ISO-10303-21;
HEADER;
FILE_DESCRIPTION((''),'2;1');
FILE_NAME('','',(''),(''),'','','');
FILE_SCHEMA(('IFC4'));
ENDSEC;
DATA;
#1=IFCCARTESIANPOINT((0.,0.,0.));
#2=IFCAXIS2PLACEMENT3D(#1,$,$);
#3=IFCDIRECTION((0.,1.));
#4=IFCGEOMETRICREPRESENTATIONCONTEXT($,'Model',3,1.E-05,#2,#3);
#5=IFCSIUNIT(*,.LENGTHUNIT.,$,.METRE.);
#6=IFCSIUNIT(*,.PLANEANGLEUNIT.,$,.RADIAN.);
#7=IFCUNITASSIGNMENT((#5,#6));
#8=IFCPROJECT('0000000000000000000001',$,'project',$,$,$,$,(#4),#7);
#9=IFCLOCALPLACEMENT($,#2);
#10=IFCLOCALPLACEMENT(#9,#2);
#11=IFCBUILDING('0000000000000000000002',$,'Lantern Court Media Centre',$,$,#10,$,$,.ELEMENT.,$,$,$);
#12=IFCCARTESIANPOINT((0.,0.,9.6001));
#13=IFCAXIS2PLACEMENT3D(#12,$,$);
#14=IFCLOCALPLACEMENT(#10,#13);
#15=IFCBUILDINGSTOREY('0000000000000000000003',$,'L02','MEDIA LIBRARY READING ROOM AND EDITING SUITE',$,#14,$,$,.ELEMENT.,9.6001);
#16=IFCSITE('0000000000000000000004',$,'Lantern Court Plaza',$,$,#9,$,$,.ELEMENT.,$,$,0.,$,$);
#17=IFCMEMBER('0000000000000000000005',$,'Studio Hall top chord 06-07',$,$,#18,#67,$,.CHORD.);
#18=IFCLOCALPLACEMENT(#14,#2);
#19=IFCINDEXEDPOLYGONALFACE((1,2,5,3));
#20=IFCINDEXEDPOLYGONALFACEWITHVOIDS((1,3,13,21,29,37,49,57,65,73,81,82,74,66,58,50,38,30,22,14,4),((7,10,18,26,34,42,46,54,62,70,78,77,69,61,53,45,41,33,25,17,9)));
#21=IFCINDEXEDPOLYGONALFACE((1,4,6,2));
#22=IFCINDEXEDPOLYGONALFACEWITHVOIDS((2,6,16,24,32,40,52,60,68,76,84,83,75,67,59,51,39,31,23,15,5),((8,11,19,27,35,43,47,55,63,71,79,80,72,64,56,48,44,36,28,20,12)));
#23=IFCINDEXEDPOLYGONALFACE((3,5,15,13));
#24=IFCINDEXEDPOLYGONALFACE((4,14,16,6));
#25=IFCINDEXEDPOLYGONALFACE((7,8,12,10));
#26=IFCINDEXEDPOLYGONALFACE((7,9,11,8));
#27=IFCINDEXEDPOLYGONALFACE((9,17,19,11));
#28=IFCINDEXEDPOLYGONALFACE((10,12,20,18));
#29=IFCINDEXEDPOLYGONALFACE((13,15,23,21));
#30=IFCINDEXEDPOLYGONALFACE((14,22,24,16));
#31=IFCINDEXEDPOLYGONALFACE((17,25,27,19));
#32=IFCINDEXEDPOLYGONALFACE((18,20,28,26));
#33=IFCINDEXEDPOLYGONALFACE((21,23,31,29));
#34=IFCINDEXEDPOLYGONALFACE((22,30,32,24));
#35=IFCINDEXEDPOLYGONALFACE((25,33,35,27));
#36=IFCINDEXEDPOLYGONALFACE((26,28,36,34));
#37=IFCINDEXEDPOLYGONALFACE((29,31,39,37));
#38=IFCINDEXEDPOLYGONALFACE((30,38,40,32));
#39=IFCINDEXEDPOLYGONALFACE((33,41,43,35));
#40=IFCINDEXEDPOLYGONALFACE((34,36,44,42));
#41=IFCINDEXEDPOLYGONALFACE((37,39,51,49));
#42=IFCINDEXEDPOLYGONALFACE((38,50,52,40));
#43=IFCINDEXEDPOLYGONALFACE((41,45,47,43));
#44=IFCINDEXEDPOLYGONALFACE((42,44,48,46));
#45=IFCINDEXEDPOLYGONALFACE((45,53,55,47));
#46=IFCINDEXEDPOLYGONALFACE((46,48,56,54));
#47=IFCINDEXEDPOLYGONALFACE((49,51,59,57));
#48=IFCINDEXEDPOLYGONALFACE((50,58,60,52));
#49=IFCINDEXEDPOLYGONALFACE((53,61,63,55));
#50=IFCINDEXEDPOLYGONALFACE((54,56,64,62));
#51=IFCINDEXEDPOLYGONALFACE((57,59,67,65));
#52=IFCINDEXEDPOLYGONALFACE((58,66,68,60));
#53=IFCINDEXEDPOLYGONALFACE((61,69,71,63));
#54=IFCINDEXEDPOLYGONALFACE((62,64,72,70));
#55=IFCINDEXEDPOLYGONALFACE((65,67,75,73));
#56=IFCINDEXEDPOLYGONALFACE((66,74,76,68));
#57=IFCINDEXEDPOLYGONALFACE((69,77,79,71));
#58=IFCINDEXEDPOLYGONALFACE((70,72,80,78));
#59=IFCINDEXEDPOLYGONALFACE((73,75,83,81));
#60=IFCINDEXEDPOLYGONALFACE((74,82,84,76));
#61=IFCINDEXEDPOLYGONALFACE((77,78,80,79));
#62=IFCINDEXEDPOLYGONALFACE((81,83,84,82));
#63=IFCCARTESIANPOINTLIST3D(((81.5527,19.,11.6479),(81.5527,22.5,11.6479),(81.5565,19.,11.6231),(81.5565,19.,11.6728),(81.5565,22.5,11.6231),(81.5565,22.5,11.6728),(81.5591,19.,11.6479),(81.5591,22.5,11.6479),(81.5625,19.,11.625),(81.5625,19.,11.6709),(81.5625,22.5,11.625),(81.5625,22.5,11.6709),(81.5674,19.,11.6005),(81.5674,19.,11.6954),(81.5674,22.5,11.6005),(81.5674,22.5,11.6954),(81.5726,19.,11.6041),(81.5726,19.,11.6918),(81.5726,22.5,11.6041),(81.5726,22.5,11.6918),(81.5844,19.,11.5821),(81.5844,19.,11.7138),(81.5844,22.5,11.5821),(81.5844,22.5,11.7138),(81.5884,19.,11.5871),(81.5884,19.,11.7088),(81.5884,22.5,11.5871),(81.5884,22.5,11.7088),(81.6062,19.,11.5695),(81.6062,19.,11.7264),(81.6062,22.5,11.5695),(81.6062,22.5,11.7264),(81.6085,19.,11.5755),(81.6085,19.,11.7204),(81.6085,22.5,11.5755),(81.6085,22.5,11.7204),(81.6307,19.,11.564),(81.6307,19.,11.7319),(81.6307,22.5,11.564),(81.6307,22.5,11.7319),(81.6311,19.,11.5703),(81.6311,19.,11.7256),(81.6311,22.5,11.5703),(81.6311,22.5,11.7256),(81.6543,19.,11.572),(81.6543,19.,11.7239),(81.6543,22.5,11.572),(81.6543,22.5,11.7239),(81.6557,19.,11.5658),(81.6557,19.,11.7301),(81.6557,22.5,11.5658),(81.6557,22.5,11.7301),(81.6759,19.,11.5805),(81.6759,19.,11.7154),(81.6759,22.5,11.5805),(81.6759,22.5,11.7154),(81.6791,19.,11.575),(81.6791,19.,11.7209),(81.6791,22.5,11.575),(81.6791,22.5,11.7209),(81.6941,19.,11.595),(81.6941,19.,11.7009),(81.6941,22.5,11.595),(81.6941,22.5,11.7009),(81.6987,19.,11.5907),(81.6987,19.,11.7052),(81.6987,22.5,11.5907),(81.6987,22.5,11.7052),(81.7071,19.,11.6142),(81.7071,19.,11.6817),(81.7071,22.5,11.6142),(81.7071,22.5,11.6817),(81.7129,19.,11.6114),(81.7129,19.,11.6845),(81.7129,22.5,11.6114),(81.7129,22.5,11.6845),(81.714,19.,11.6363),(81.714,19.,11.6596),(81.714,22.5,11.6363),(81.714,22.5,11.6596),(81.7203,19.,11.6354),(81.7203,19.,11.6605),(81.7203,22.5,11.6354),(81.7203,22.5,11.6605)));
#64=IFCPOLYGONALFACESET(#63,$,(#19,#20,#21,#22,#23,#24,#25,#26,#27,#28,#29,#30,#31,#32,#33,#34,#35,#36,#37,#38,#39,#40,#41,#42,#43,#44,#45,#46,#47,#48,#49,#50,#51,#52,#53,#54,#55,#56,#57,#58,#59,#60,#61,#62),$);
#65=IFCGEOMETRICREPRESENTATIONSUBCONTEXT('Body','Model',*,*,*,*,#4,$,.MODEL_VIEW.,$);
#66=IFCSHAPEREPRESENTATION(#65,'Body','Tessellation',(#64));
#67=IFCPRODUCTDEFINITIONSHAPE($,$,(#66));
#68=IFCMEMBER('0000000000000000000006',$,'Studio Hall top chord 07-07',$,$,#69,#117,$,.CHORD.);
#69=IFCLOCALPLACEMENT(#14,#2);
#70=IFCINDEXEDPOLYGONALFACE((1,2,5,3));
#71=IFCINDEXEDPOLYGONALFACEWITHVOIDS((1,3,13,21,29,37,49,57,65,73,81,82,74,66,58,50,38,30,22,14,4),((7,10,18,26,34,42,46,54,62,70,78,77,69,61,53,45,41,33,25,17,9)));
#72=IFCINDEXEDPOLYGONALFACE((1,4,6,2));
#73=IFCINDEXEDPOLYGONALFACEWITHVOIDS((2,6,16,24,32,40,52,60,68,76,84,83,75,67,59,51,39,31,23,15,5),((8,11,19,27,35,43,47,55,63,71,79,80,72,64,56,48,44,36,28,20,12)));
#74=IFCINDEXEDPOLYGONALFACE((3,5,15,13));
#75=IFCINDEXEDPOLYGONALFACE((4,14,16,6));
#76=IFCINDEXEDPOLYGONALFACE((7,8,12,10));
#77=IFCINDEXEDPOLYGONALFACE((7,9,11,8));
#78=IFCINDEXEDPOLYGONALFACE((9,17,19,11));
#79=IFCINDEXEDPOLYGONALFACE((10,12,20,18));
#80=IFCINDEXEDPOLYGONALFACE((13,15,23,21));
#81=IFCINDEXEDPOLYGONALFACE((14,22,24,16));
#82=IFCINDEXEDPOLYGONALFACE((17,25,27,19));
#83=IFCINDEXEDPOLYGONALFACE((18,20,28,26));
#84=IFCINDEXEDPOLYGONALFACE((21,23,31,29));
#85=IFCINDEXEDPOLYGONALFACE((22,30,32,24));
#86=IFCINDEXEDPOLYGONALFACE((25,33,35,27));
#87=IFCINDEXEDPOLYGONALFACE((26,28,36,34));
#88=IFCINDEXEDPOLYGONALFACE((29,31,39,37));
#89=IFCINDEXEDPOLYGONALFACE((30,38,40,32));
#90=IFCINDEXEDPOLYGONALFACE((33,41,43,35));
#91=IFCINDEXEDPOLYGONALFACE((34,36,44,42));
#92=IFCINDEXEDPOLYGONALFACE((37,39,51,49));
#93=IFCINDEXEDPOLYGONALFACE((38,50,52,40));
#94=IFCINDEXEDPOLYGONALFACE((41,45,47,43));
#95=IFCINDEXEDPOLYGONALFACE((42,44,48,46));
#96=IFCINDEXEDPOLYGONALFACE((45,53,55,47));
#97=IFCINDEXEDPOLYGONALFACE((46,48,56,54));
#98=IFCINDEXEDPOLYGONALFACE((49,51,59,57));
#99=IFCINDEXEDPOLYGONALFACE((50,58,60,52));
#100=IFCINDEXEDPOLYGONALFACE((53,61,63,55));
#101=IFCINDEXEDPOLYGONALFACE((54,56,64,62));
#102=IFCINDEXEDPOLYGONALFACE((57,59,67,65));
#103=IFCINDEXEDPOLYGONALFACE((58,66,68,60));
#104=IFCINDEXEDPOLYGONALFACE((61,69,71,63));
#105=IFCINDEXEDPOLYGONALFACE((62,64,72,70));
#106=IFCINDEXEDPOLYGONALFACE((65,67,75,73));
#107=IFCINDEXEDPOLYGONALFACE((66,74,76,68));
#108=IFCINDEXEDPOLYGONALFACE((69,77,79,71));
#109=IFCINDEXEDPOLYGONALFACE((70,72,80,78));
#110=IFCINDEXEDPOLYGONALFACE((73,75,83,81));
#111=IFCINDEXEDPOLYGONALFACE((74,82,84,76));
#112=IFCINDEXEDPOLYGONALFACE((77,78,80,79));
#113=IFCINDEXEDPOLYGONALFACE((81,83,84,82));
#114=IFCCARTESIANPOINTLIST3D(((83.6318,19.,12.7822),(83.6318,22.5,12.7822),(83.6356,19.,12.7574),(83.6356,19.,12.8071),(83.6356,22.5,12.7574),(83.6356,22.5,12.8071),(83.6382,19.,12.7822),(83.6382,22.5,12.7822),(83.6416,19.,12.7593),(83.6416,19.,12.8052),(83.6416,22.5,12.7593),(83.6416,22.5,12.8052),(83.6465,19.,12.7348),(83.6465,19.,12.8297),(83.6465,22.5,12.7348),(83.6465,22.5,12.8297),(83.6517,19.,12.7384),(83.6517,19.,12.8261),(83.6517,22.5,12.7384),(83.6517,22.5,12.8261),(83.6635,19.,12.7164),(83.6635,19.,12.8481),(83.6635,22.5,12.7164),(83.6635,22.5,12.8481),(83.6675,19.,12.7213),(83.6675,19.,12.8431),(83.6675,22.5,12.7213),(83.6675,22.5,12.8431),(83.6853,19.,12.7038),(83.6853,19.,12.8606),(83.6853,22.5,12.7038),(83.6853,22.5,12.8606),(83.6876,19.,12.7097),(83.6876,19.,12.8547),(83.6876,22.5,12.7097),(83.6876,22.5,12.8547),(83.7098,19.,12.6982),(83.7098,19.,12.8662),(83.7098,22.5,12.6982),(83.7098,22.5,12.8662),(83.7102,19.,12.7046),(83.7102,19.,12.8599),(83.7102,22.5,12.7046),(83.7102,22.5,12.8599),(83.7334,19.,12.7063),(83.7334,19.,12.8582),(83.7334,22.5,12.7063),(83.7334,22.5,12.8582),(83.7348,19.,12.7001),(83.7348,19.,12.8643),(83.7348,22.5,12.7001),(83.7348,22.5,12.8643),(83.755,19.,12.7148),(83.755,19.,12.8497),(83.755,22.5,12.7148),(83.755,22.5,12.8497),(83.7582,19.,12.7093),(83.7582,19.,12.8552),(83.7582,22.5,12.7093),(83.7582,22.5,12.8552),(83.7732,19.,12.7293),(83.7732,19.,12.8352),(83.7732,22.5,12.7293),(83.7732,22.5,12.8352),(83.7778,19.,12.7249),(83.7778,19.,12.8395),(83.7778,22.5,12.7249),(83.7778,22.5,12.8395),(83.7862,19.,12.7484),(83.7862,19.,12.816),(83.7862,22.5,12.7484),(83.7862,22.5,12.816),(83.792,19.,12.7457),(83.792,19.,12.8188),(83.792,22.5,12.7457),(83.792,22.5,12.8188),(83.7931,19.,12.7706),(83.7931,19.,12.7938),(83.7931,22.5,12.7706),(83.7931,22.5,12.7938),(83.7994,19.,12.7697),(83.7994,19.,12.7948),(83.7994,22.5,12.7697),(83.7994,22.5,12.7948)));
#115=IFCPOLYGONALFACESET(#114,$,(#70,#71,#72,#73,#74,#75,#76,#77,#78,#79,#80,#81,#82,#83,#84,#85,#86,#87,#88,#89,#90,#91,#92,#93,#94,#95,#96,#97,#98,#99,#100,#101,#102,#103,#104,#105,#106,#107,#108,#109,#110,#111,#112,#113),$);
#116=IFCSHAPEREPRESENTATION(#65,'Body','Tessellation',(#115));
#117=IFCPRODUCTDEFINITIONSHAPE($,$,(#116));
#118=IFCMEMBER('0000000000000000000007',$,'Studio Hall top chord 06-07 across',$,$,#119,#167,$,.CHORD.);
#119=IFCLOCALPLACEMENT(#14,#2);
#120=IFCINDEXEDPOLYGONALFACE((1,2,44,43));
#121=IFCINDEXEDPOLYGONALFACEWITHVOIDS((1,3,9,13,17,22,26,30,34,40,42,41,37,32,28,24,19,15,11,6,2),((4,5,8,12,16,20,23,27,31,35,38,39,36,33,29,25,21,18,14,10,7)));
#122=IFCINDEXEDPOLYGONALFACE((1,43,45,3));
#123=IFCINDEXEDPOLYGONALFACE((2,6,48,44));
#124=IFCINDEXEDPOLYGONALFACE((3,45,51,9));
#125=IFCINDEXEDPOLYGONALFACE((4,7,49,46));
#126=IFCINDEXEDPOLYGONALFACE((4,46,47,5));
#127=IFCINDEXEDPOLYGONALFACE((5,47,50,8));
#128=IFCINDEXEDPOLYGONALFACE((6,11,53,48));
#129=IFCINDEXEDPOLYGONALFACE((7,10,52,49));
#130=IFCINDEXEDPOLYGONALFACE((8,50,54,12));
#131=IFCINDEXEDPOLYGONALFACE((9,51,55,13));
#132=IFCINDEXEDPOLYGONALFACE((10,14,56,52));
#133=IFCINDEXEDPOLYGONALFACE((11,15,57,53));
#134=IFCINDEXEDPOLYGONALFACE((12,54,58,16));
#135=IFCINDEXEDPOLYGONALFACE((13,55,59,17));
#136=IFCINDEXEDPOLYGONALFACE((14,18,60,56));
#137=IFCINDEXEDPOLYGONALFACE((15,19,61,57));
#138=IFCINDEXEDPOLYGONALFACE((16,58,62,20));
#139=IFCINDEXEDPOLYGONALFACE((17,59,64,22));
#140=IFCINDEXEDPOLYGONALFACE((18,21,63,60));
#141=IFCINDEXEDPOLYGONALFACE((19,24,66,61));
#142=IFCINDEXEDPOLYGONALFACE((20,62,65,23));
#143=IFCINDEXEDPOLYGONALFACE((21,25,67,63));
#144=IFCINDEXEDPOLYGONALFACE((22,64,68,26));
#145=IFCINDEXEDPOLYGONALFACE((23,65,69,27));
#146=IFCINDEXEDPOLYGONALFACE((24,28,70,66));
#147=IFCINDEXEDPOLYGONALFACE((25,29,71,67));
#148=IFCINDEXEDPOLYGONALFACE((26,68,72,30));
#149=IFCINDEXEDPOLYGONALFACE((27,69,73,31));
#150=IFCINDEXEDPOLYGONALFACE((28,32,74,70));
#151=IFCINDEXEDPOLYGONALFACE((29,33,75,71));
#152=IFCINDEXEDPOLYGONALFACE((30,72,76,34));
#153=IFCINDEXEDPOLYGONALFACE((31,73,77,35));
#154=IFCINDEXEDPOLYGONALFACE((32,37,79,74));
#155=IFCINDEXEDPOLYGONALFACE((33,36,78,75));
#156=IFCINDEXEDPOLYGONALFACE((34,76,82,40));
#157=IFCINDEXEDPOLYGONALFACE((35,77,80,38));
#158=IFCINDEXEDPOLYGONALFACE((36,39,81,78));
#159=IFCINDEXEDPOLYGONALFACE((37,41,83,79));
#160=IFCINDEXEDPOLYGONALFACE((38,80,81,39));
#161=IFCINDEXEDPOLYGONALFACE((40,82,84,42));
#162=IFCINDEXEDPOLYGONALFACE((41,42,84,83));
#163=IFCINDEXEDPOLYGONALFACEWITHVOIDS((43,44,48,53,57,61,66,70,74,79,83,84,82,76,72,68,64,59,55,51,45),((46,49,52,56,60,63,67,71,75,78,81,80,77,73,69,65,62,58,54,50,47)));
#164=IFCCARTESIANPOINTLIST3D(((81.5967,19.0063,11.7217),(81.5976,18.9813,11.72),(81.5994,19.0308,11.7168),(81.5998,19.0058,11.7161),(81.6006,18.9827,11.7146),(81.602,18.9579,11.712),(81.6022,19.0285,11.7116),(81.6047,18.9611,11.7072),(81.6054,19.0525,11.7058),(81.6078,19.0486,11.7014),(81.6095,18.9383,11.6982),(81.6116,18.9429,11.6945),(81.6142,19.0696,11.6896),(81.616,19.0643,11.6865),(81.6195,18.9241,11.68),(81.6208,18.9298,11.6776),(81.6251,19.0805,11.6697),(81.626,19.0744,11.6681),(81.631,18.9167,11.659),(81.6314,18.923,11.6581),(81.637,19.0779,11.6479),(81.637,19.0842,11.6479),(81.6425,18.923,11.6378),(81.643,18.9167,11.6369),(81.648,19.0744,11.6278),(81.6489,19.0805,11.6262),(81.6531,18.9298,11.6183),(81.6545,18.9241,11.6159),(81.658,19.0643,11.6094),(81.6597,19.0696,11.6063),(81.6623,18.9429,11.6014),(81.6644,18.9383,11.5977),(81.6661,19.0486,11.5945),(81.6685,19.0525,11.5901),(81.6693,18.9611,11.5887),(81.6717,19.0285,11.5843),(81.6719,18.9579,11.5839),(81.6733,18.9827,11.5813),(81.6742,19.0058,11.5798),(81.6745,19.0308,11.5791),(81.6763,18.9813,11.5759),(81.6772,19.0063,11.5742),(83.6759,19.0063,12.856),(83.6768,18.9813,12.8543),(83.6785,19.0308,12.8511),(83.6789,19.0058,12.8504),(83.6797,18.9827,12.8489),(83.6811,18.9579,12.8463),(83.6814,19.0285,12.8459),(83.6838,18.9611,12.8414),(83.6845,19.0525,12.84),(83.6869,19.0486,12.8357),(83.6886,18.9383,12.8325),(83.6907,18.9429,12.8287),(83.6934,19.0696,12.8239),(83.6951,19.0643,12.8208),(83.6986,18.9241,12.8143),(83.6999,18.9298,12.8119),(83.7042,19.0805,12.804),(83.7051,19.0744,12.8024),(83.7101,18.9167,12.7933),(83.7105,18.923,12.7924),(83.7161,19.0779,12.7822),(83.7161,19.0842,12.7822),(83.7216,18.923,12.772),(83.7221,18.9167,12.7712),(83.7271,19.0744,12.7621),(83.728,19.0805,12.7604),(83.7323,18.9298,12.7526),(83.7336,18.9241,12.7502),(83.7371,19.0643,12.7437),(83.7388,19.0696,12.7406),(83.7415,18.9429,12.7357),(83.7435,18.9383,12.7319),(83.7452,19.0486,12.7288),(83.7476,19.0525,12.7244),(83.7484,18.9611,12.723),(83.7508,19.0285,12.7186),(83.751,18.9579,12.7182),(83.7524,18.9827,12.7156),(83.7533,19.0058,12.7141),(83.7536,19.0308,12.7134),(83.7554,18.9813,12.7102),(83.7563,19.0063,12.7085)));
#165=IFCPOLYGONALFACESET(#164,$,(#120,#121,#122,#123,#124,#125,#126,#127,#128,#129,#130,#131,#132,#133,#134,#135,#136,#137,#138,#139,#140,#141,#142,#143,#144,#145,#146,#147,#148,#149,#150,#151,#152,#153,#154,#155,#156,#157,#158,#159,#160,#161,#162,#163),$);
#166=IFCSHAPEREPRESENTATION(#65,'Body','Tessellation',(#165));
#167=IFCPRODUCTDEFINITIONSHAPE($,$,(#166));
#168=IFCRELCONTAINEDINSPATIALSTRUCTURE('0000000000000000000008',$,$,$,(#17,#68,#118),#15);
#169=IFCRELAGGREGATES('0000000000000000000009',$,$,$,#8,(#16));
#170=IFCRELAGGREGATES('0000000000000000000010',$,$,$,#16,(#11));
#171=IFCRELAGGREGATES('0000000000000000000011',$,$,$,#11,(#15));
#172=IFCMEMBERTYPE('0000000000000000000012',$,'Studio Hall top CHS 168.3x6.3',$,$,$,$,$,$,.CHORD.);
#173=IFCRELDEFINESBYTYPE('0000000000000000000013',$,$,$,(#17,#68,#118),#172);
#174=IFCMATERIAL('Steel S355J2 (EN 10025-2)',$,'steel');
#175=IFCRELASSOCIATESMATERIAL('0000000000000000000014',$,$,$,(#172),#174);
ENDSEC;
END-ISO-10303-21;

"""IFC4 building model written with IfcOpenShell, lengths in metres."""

from ifc_helpers import new_model, si_unit, direction, frame, origin, origin_2d, place, context, subcontext, project, spatial, hollow_circle, extrude, material, material_profile, profile_set, type_object, element, save


model = new_model("IFC4")

# Units and contexts
model_context = context("Model", 3, precision=1e-05, world=origin(), true_north=direction((0.0, 1.0)))
body_context = subcontext(model_context, "Body", "Model", "MODEL_VIEW")
ifc_project = project(units=[si_unit("LENGTHUNIT", "METRE"), si_unit("PLANEANGLEUNIT", "RADIAN")], contexts=[model_context])

# Site, building, storey
site_placement = place(None, origin())
site = spatial("IfcSite", under=ifc_project, at=site_placement, Name="Lantern Court Plaza", CompositionType="ELEMENT", RefElevation=0.0)
building_placement = place(site_placement, origin())
building = spatial("IfcBuilding", under=site, at=building_placement, Name="Lantern Court Media Centre", CompositionType="ELEMENT")
storey_placement = place(building_placement, frame((0.0, 0.0, 9.6001)))
storey = spatial("IfcBuildingStorey", under=building, at=storey_placement, Name="L02", Description="MEDIA LIBRARY READING ROOM AND EDITING SUITE", CompositionType="ELEMENT", Elevation=9.6001)

# Members
ifc_material = material(Name="Steel S355J2 (EN 10025-2)", Category="steel")
ifc_material_profile_1 = material_profile(ifc_material, hollow_circle(Radius=0.0842, WallThickness=0.0063, at=origin_2d()), Name="Studio Hall top CHS 168.3x6.3")
ifc_profile_set_1 = profile_set([ifc_material_profile_1], Name="Steel S355J2 (EN 10025-2)")
member_type_1 = type_object("IfcMemberType", Name="Studio Hall top CHS 168.3x6.3", PredefinedType="CHORD", material=ifc_profile_set_1)
for number, where, z_axis, x_axis, name in (
    (1, (81.637, 19.0, 11.6479), (0.0, 1.0, 0.0), (-1.0, 0.0, 0.0), "Studio Hall top chord 06-07"),
    (2, (83.7161, 19.0, 12.7822), (0.0, 1.0, 0.0), (-1.0, 0.0, 0.0), "Studio Hall top chord 07-07"),
):
    element("IfcMember", number, at=place(storey_placement, frame(where, z_axis=z_axis, x_axis=x_axis)), inside=storey, type_object=member_type_1, Name=name, PredefinedType="CHORD", context=body_context, shape_type="SweptSolid", body=[
        extrude(hollow_circle(Radius=0.0842, WallThickness=0.0063, at=origin_2d()), origin(), (0.0, 0.0, 1.0), 3.5),
    ])
member_1_placement = place(storey_placement, frame((81.637, 19.0, 11.6479), z_axis=(0.877856, 0.0, 0.478924), x_axis=(0.0, 1.0, 0.0)))
element("IfcMember", 3, at=member_1_placement, inside=storey, type_object=member_type_1, Name="Studio Hall top chord 06-07 across", PredefinedType="CHORD", context=body_context, shape_type="SweptSolid", body=[
    extrude(hollow_circle(Radius=0.0842, WallThickness=0.0063, at=origin_2d()), origin(), (0.0, 0.0, 1.0), 2.3684),
])

save(model, "model.ifc")
